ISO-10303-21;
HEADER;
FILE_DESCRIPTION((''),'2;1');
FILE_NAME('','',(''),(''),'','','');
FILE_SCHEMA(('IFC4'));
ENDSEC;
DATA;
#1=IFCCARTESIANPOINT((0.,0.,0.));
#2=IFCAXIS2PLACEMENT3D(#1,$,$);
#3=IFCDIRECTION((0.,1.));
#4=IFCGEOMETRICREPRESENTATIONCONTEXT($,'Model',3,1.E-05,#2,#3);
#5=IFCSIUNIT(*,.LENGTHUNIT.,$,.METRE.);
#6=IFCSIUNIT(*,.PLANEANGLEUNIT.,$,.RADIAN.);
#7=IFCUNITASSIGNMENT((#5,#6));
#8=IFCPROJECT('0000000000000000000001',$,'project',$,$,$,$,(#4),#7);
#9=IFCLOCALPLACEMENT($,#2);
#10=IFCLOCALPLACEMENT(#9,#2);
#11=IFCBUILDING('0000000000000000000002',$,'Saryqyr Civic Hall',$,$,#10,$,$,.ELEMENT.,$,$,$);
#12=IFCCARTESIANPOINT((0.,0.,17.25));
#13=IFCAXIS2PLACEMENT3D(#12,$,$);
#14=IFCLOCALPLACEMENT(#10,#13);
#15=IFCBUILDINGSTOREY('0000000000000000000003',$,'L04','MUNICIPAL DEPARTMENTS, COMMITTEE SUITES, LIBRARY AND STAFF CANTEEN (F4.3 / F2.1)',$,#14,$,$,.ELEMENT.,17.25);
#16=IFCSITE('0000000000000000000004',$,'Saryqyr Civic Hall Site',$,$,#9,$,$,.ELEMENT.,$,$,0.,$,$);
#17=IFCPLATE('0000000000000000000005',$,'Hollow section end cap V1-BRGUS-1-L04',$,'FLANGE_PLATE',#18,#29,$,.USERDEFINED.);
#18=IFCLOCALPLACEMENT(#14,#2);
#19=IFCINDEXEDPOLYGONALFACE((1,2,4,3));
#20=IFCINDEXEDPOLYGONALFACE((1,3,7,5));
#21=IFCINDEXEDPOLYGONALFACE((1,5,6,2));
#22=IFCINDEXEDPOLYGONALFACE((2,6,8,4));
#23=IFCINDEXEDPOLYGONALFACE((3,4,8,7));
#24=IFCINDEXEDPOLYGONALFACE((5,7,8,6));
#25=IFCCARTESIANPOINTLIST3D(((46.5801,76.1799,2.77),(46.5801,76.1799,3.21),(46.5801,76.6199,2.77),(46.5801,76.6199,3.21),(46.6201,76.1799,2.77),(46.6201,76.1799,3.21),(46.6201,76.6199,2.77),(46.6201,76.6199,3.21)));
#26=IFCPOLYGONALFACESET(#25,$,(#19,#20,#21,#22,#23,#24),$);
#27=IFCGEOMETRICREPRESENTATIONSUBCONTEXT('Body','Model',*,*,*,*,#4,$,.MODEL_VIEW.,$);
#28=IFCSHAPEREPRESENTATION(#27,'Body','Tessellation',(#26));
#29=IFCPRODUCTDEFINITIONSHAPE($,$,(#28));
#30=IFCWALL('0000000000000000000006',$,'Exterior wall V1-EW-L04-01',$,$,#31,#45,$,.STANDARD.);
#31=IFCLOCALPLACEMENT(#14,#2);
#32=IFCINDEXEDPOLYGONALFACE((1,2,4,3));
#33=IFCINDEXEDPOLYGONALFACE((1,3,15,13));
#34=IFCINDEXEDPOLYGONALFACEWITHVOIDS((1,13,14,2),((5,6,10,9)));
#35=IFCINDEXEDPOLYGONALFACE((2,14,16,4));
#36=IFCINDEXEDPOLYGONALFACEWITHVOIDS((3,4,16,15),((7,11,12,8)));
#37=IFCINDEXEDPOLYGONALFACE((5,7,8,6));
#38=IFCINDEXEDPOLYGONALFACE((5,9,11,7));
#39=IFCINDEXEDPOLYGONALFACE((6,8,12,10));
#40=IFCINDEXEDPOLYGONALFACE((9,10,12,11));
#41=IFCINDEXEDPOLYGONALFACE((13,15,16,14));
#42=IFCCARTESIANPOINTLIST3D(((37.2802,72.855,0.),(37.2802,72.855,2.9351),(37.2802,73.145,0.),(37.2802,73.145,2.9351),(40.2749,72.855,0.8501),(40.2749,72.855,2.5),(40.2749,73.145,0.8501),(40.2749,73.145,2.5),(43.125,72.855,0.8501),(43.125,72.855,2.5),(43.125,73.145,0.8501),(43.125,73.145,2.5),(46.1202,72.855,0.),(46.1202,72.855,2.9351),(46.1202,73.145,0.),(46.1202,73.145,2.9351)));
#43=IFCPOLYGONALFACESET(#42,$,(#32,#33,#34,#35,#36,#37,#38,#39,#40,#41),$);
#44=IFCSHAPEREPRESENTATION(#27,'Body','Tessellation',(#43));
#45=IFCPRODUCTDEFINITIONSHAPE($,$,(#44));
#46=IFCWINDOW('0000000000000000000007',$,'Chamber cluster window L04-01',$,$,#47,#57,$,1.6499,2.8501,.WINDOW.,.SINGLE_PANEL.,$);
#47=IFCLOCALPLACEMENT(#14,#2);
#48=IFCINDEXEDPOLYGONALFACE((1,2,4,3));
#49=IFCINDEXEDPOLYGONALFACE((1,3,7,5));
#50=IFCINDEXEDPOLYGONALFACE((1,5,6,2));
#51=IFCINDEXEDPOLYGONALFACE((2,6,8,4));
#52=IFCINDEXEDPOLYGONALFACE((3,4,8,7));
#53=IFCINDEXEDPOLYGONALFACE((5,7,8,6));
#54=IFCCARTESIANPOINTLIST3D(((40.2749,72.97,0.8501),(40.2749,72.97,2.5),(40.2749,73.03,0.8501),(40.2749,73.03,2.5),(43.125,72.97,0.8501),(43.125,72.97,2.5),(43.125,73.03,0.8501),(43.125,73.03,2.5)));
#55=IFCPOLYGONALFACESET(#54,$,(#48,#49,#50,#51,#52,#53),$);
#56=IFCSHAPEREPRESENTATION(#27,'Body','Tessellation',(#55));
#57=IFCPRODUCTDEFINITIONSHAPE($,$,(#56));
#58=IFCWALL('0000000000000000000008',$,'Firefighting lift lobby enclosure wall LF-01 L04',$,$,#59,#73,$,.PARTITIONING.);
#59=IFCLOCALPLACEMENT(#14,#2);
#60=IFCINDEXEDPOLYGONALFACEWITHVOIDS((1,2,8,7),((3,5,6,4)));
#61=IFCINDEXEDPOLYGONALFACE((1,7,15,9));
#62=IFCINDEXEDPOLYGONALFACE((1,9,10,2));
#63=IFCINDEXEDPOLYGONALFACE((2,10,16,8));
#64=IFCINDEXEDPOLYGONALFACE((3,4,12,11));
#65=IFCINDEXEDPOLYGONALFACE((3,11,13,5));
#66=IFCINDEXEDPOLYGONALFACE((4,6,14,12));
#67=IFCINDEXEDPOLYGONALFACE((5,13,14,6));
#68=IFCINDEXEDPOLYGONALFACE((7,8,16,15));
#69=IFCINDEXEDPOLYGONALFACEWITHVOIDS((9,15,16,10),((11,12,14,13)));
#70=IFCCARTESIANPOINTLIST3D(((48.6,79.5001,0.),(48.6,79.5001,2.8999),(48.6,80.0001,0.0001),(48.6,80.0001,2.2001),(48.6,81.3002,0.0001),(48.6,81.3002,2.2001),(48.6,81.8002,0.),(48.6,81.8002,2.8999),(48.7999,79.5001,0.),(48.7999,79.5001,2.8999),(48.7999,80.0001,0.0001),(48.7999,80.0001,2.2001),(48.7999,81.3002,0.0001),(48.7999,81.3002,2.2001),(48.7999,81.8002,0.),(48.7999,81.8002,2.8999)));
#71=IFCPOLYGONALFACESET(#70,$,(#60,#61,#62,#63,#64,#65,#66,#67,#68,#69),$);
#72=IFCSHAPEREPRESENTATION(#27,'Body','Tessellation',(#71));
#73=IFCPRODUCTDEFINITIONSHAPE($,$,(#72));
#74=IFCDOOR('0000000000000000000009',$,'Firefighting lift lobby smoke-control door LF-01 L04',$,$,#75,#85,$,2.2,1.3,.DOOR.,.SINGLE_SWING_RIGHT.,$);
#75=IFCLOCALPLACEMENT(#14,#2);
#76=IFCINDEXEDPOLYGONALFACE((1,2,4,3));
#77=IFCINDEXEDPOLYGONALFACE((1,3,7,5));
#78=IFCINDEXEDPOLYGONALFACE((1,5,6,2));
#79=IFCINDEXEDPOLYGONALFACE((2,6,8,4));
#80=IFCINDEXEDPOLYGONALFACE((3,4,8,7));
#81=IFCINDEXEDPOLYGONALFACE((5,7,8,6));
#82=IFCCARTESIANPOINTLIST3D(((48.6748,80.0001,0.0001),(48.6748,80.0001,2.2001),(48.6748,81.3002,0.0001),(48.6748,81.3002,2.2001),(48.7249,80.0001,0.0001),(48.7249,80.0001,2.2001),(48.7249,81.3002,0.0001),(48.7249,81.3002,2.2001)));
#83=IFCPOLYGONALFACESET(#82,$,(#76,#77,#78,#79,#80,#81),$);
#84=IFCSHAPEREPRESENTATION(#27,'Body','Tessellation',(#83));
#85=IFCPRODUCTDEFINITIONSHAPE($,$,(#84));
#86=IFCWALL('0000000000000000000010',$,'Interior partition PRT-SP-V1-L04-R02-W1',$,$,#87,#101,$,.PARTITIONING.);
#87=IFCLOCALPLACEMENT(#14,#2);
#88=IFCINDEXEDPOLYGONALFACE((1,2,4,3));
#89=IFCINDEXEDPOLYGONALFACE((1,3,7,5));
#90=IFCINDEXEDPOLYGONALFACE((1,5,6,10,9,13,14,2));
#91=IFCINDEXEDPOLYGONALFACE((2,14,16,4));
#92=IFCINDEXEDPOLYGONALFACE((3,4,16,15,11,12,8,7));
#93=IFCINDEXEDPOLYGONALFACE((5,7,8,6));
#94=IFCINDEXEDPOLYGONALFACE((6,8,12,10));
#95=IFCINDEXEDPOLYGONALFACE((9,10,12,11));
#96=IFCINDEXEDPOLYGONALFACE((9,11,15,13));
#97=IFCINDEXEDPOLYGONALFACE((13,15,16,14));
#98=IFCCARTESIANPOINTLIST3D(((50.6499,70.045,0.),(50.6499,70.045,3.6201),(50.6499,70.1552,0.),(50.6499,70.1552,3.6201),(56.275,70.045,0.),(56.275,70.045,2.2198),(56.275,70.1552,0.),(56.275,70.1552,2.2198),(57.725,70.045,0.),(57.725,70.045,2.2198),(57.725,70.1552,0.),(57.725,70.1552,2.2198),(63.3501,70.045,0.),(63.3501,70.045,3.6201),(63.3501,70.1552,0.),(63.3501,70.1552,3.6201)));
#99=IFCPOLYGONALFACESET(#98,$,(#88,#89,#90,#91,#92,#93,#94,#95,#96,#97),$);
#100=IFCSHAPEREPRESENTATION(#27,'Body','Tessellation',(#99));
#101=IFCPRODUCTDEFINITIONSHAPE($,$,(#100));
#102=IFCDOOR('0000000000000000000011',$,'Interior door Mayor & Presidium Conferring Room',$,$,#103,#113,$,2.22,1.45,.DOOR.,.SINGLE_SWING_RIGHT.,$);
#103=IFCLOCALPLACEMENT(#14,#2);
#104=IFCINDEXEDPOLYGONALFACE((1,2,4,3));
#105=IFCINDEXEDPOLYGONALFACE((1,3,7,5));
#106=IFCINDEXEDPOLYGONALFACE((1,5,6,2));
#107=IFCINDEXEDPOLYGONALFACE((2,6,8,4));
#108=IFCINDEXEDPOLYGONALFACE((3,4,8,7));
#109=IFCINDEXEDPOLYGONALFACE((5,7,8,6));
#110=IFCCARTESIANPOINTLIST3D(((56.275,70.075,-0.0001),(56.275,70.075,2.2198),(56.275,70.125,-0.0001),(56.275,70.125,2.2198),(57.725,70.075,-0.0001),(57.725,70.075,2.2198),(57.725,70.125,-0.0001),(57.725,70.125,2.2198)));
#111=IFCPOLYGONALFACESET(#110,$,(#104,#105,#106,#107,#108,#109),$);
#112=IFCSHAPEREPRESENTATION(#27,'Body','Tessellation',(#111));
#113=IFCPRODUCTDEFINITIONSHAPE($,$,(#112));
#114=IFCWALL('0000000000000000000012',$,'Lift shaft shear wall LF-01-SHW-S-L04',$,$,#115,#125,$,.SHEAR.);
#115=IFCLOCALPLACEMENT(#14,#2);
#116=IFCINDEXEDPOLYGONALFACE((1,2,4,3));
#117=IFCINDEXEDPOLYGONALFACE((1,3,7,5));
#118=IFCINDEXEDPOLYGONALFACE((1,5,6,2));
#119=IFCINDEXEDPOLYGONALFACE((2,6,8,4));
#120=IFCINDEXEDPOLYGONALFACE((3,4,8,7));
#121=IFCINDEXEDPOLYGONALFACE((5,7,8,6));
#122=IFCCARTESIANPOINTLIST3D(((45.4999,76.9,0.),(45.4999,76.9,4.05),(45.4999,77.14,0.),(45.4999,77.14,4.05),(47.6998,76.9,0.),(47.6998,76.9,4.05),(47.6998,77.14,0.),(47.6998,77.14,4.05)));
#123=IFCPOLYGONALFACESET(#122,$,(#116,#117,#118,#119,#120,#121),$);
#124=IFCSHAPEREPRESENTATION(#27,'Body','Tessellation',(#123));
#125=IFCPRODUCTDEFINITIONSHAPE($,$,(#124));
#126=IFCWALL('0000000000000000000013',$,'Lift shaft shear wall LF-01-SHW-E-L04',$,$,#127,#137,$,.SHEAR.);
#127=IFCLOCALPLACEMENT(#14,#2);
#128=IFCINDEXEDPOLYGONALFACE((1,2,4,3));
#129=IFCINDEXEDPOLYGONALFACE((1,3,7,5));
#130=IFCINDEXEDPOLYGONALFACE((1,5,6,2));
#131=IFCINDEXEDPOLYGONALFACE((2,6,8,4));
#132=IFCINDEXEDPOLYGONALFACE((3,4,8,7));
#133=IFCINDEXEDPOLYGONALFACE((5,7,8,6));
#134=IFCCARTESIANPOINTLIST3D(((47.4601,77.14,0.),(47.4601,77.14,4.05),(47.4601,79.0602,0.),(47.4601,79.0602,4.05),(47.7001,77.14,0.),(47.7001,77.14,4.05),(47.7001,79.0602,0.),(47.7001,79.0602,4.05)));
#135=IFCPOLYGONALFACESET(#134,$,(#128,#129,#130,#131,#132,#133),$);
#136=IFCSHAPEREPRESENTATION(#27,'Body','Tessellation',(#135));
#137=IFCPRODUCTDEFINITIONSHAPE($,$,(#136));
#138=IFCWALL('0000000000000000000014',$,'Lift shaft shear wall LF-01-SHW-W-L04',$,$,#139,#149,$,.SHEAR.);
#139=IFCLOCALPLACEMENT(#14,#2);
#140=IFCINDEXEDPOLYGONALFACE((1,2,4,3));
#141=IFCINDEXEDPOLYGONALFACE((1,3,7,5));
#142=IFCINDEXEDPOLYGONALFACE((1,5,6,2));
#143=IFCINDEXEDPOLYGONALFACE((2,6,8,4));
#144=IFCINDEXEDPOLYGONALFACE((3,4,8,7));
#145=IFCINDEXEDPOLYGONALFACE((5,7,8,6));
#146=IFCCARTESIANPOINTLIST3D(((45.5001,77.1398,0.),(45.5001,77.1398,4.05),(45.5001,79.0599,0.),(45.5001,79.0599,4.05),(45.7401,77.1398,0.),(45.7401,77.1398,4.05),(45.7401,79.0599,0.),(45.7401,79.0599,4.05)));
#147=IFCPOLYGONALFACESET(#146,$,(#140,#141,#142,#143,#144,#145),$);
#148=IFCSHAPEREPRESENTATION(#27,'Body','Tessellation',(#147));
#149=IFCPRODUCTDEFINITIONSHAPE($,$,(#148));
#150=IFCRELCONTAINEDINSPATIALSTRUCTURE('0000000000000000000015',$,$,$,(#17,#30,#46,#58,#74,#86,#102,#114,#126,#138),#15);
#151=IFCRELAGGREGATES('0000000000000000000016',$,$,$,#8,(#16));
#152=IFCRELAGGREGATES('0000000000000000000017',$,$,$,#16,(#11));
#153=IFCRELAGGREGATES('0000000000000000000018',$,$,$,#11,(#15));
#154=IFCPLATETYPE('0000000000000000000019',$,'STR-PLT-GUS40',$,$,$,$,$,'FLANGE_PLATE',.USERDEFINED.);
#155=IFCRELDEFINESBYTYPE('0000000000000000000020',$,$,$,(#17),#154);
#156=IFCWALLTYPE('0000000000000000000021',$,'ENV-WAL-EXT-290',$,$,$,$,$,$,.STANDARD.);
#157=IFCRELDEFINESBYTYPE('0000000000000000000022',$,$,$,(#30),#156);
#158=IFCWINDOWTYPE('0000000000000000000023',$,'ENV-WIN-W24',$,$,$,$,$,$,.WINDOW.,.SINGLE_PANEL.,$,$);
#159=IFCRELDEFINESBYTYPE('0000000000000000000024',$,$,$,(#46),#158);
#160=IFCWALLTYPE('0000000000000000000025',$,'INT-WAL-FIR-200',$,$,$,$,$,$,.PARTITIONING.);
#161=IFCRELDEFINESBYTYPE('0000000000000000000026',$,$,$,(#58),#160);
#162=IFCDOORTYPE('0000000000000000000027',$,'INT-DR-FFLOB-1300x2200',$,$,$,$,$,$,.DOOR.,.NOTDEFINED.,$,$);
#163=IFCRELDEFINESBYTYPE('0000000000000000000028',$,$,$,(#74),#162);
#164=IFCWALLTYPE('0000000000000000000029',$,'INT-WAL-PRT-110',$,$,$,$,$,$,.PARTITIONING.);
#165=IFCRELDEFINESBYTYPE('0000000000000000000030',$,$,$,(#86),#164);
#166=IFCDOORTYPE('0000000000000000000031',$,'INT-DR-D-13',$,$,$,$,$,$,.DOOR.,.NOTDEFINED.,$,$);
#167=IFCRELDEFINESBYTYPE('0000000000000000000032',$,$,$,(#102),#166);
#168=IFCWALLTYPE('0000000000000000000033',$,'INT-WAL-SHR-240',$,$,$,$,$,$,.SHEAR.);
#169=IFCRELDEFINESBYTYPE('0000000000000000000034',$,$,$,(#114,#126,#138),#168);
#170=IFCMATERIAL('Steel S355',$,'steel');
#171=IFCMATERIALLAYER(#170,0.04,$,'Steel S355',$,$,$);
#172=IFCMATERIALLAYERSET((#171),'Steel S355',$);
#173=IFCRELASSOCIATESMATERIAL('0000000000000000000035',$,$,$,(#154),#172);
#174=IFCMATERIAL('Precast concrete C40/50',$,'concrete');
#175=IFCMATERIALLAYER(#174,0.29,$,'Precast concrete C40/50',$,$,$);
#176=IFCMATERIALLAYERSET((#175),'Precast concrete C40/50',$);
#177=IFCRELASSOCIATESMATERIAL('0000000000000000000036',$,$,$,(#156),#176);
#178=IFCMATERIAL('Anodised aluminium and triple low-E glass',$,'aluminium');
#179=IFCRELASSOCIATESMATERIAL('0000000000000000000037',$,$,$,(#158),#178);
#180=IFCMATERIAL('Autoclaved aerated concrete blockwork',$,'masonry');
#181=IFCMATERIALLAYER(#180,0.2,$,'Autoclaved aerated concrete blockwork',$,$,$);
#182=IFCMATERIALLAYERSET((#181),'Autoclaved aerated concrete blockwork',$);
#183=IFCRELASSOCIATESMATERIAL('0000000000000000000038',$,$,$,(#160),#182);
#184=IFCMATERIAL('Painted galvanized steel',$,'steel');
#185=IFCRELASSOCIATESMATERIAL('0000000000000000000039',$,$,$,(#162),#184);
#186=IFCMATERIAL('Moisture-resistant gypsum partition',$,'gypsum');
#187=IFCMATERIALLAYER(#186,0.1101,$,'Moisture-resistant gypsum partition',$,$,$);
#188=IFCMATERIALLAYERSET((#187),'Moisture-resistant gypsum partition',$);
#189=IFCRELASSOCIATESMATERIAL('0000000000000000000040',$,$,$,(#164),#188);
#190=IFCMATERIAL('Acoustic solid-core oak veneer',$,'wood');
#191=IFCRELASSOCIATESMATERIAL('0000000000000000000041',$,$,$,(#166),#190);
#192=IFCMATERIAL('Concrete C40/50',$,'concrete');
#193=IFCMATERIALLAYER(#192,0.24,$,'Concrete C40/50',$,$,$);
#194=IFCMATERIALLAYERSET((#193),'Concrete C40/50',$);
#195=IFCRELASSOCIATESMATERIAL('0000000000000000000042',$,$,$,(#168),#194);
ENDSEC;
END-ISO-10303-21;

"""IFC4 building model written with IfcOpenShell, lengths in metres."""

from ifc_helpers import new_model, si_unit, direction, frame, frame_2d, origin, origin_2d, place, context, subcontext, project, spatial, rectangle, extrude, material, layer, layer_set, type_object, element, fill, save


model = new_model("IFC4")

# Units and contexts
model_context = context("Model", 3, precision=1e-05, world=origin(), true_north=direction((0.0, 1.0)))
body_context = subcontext(model_context, "Body", "Model", "MODEL_VIEW")
ifc_project = project(units=[si_unit("LENGTHUNIT", "METRE"), si_unit("PLANEANGLEUNIT", "RADIAN")], contexts=[model_context])

# Site, building, storey
site_placement = place(None, origin())
site = spatial("IfcSite", under=ifc_project, at=site_placement, Name="Saryqyr Civic Hall Site", CompositionType="ELEMENT", RefElevation=0.0)
building_placement = place(site_placement, origin())
building = spatial("IfcBuilding", under=site, at=building_placement, Name="Saryqyr Civic Hall", CompositionType="ELEMENT")
storey_placement = place(building_placement, frame((0.0, 0.0, 17.25)))
storey = spatial("IfcBuildingStorey", under=building, at=storey_placement, Name="L04", Description="MUNICIPAL DEPARTMENTS, COMMITTEE SUITES, LIBRARY AND STAFF CANTEEN (F4.3 / F2.1)", CompositionType="ELEMENT", Elevation=17.25)

# Shared definitions
ifc_material_1 = material(Name="Concrete C40/50", Category="concrete")

# Shared definitions
ifc_material_2 = material(Name="Steel S355", Category="steel")

# Plate
ifc_layer_1 = layer(ifc_material_2, 0.04, Name="Steel S355")
ifc_layer_set_1 = layer_set([ifc_layer_1], Name="Steel S355")
plate_type_1 = type_object("IfcPlateType", Name="STR-PLT-GUS40", ElementType="FLANGE_PLATE", PredefinedType="USERDEFINED", material=ifc_layer_set_1)
plate_1_placement = place(storey_placement, frame((46.6001, 76.3999, 2.77), z_axis=(0.0, 0.0, 1.0), x_axis=(1.0, 0.0, 0.0)))
element("IfcPlate", 1, at=plate_1_placement, inside=storey, type_object=plate_type_1, Name="Hollow section end cap V1-BRGUS-1-L04", ObjectType="FLANGE_PLATE", PredefinedType="USERDEFINED", context=body_context, shape_type="SweptSolid", body=[
    extrude(rectangle(XDim=0.04, YDim=0.4399, at=origin_2d()), origin(), (0.0, 0.0, 1.0), 0.4399),
])

# Wall, opening, window
ifc_material_3 = material(Name="Precast concrete C40/50", Category="concrete")
ifc_layer_2 = layer(ifc_material_3, 0.29, Name="Precast concrete C40/50")
ifc_layer_set_2 = layer_set([ifc_layer_2], Name="Precast concrete C40/50")
wall_type_1 = type_object("IfcWallType", Name="ENV-WAL-EXT-290", PredefinedType="STANDARD", material=ifc_layer_set_2)
wall_1_placement = place(storey_placement, frame((46.1201, 73.0, 0.0), z_axis=(0.0, 0.0, 1.0), x_axis=(-1.0, 0.0, 0.0)))
wall_1 = element("IfcWall", 2, at=wall_1_placement, inside=storey, type_object=wall_type_1, Name="Exterior wall V1-EW-L04-01", PredefinedType="STANDARD", context=body_context, shape_type="SweptSolid", body=[
    extrude(rectangle(XDim=8.8401, YDim=0.29, at=frame_2d((4.4199, 0.0))), origin(), (0.0, 0.0, 1.0), 2.9351),
])
opening_1_placement = place(wall_1_placement, frame((2.9951, 0.0, 0.8501)))
opening_1 = element("IfcOpeningElement", 3, at=opening_1_placement, cuts=wall_1, PredefinedType="OPENING", context=body_context, shape_type="SweptSolid", body=[
    extrude(rectangle(XDim=2.8501, YDim=1.6499, at=frame_2d((1.425, 0.825))), frame((0.0, 0.155, 0.0), z_axis=(0.0, -1.0, 0.0), x_axis=(1.0, 0.0, 0.0)), (0.0, 0.0, 1.0), 0.3101),
])
ifc_material_4 = material(Name="Anodised aluminium and triple low-E glass", Category="aluminium")
window_type = type_object("IfcWindowType", Name="ENV-WIN-W24", PartitioningType="SINGLE_PANEL", PredefinedType="WINDOW", material=ifc_material_4)
window_placement = place(opening_1_placement, origin())
window = element("IfcWindow", 4, at=window_placement, inside=storey, type_object=window_type, Name="Chamber cluster window L04-01", OverallHeight=1.6499, OverallWidth=2.8501, PartitioningType="SINGLE_PANEL", PredefinedType="WINDOW", context=body_context, shape_type="SweptSolid", body=[
    extrude(rectangle(XDim=2.8501, YDim=1.6499, at=frame_2d((1.425, 0.825))), frame((0.0, 0.03, 0.0), z_axis=(0.0, -1.0, 0.0), x_axis=(1.0, 0.0, 0.0)), (0.0, 0.0, 1.0), 0.0601),
])
fill(opening_1, window)

# Walls, openings, doors
ifc_material_5 = material(Name="Autoclaved aerated concrete blockwork", Category="masonry")
ifc_layer_3 = layer(ifc_material_5, 0.2, Name="Autoclaved aerated concrete blockwork")
ifc_layer_set_3 = layer_set([ifc_layer_3], Name="Autoclaved aerated concrete blockwork")
wall_type_2 = type_object("IfcWallType", Name="INT-WAL-FIR-200", PredefinedType="PARTITIONING", material=ifc_layer_set_3)
wall_2_placement = place(storey_placement, frame((48.7, 81.8, 0.0), z_axis=(0.0, 0.0, 1.0), x_axis=(0.0, -1.0, 0.0)))
wall_2 = element("IfcWall", 5, at=wall_2_placement, inside=storey, type_object=wall_type_2, Name="Firefighting lift lobby enclosure wall LF-01 L04", PredefinedType="PARTITIONING", context=body_context, shape_type="SweptSolid", body=[
    extrude(rectangle(XDim=2.3, YDim=0.2, at=frame_2d((1.1499, 0.0))), origin(), (0.0, 0.0, 1.0), 2.8999),
])
opening_2_placement = place(wall_2_placement, frame((0.5, 0.0, 0.0)))
opening_2 = element("IfcOpeningElement", 6, at=opening_2_placement, cuts=wall_2, PredefinedType="OPENING", context=body_context, shape_type="SweptSolid", body=[
    extrude(rectangle(XDim=1.3, YDim=2.2, at=frame_2d((0.6499, 1.1001))), frame((0.0, 0.1099, 0.0), z_axis=(0.0, -1.0, 0.0), x_axis=(1.0, 0.0, 0.0)), (0.0, 0.0, 1.0), 0.22),
])
ifc_material_6 = material(Name="Painted galvanized steel", Category="steel")
door_type_1 = type_object("IfcDoorType", Name="INT-DR-FFLOB-1300x2200", OperationType="NOTDEFINED", PredefinedType="DOOR", material=ifc_material_6)
door_1_placement = place(opening_2_placement, origin())
door_1 = element("IfcDoor", 7, at=door_1_placement, inside=storey, type_object=door_type_1, Name="Firefighting lift lobby smoke-control door LF-01 L04", OperationType="SINGLE_SWING_RIGHT", OverallHeight=2.2, OverallWidth=1.3, PredefinedType="DOOR", context=body_context, shape_type="SweptSolid", body=[
    extrude(rectangle(XDim=1.3, YDim=2.2, at=frame_2d((0.6499, 1.1001))), frame((0.0, 0.0249, 0.0), z_axis=(0.0, -1.0, 0.0), x_axis=(1.0, 0.0, 0.0)), (0.0, 0.0, 1.0), 0.05),
])
fill(opening_2, door_1)
ifc_material_7 = material(Name="Moisture-resistant gypsum partition", Category="gypsum")
ifc_layer_4 = layer(ifc_material_7, 0.1101, Name="Moisture-resistant gypsum partition")
ifc_layer_set_4 = layer_set([ifc_layer_4], Name="Moisture-resistant gypsum partition")
wall_type_3 = type_object("IfcWallType", Name="INT-WAL-PRT-110", PredefinedType="PARTITIONING", material=ifc_layer_set_4)
wall_3_placement = place(storey_placement, frame((50.6499, 70.1001, 0.0), z_axis=(0.0, 0.0, 1.0), x_axis=(1.0, 0.0, 0.0)))
wall_3 = element("IfcWall", 8, at=wall_3_placement, inside=storey, type_object=wall_type_3, Name="Interior partition PRT-SP-V1-L04-R02-W1", PredefinedType="PARTITIONING", context=body_context, shape_type="SweptSolid", body=[
    extrude(rectangle(XDim=12.7002, YDim=0.1101, at=frame_2d((6.3501, 0.0))), origin(), (0.0, 0.0, 1.0), 3.6201),
])
opening_3_placement = place(wall_3_placement, frame((5.625, 0.0, 0.0)))
opening_3 = element("IfcOpeningElement", 9, at=opening_3_placement, cuts=wall_3, PredefinedType="OPENING", context=body_context, shape_type="SweptSolid", body=[
    extrude(rectangle(XDim=1.45, YDim=2.22, at=frame_2d((0.7251, 1.1099))), frame((0.0, 0.0649, 0.0), z_axis=(0.0, -1.0, 0.0), x_axis=(1.0, 0.0, 0.0)), (0.0, 0.0, 1.0), 0.1301),
])
ifc_material_8 = material(Name="Acoustic solid-core oak veneer", Category="wood")
door_type_2 = type_object("IfcDoorType", Name="INT-DR-D-13", OperationType="NOTDEFINED", PredefinedType="DOOR", material=ifc_material_8)
door_2_placement = place(opening_3_placement, origin())
door_2 = element("IfcDoor", 10, at=door_2_placement, inside=storey, type_object=door_type_2, Name="Interior door Mayor & Presidium Conferring Room", OperationType="SINGLE_SWING_RIGHT", OverallHeight=2.22, OverallWidth=1.45, PredefinedType="DOOR", context=body_context, shape_type="SweptSolid", body=[
    extrude(rectangle(XDim=1.45, YDim=2.22, at=frame_2d((0.7251, 1.1099))), frame((0.0, 0.0249, 0.0), z_axis=(0.0, -1.0, 0.0), x_axis=(1.0, 0.0, 0.0)), (0.0, 0.0, 1.0), 0.05),
])
fill(opening_3, door_2)

# Walls
ifc_layer_5 = layer(ifc_material_1, 0.24, Name="Concrete C40/50")
ifc_layer_set_5 = layer_set([ifc_layer_5], Name="Concrete C40/50")
wall_type_4 = type_object("IfcWallType", Name="INT-WAL-SHR-240", PredefinedType="SHEAR", material=ifc_layer_set_5)
wall_4_placement = place(storey_placement, frame((47.7, 77.02, 0.0), z_axis=(0.0, 0.0, 1.0), x_axis=(-1.0, 0.0, 0.0)))
element("IfcWall", 11, at=wall_4_placement, inside=storey, type_object=wall_type_4, Name="Lift shaft shear wall LF-01-SHW-S-L04", PredefinedType="SHEAR", context=body_context, shape_type="SweptSolid", body=[
    extrude(rectangle(XDim=2.2, YDim=0.24, at=frame_2d((1.1001, 0.0))), origin(), (0.0, 0.0, 1.0), 4.05),
])
wall_5_placement = place(storey_placement, frame((47.5801, 79.0601, 0.0), z_axis=(0.0, 0.0, 1.0), x_axis=(0.0, -1.0, 0.0)))
element("IfcWall", 12, at=wall_5_placement, inside=storey, type_object=wall_type_4, Name="Lift shaft shear wall LF-01-SHW-E-L04", PredefinedType="SHEAR", context=body_context, shape_type="SweptSolid", body=[
    extrude(rectangle(XDim=1.9202, YDim=0.24, at=frame_2d((0.96, 0.0))), origin(), (0.0, 0.0, 1.0), 4.05),
])

# Wall
wall_6_placement = place(storey_placement, frame((45.6201, 77.1399, 0.0), z_axis=(0.0, 0.0, 1.0), x_axis=(0.0, 1.0, 0.0)))
element("IfcWall", 13, at=wall_6_placement, inside=storey, type_object=wall_type_4, Name="Lift shaft shear wall LF-01-SHW-W-L04", PredefinedType="SHEAR", context=body_context, shape_type="SweptSolid", body=[
    extrude(rectangle(XDim=1.9202, YDim=0.24, at=frame_2d((0.96, 0.0))), origin(), (0.0, 0.0, 1.0), 4.05),
])

save(model, "model.ifc")
